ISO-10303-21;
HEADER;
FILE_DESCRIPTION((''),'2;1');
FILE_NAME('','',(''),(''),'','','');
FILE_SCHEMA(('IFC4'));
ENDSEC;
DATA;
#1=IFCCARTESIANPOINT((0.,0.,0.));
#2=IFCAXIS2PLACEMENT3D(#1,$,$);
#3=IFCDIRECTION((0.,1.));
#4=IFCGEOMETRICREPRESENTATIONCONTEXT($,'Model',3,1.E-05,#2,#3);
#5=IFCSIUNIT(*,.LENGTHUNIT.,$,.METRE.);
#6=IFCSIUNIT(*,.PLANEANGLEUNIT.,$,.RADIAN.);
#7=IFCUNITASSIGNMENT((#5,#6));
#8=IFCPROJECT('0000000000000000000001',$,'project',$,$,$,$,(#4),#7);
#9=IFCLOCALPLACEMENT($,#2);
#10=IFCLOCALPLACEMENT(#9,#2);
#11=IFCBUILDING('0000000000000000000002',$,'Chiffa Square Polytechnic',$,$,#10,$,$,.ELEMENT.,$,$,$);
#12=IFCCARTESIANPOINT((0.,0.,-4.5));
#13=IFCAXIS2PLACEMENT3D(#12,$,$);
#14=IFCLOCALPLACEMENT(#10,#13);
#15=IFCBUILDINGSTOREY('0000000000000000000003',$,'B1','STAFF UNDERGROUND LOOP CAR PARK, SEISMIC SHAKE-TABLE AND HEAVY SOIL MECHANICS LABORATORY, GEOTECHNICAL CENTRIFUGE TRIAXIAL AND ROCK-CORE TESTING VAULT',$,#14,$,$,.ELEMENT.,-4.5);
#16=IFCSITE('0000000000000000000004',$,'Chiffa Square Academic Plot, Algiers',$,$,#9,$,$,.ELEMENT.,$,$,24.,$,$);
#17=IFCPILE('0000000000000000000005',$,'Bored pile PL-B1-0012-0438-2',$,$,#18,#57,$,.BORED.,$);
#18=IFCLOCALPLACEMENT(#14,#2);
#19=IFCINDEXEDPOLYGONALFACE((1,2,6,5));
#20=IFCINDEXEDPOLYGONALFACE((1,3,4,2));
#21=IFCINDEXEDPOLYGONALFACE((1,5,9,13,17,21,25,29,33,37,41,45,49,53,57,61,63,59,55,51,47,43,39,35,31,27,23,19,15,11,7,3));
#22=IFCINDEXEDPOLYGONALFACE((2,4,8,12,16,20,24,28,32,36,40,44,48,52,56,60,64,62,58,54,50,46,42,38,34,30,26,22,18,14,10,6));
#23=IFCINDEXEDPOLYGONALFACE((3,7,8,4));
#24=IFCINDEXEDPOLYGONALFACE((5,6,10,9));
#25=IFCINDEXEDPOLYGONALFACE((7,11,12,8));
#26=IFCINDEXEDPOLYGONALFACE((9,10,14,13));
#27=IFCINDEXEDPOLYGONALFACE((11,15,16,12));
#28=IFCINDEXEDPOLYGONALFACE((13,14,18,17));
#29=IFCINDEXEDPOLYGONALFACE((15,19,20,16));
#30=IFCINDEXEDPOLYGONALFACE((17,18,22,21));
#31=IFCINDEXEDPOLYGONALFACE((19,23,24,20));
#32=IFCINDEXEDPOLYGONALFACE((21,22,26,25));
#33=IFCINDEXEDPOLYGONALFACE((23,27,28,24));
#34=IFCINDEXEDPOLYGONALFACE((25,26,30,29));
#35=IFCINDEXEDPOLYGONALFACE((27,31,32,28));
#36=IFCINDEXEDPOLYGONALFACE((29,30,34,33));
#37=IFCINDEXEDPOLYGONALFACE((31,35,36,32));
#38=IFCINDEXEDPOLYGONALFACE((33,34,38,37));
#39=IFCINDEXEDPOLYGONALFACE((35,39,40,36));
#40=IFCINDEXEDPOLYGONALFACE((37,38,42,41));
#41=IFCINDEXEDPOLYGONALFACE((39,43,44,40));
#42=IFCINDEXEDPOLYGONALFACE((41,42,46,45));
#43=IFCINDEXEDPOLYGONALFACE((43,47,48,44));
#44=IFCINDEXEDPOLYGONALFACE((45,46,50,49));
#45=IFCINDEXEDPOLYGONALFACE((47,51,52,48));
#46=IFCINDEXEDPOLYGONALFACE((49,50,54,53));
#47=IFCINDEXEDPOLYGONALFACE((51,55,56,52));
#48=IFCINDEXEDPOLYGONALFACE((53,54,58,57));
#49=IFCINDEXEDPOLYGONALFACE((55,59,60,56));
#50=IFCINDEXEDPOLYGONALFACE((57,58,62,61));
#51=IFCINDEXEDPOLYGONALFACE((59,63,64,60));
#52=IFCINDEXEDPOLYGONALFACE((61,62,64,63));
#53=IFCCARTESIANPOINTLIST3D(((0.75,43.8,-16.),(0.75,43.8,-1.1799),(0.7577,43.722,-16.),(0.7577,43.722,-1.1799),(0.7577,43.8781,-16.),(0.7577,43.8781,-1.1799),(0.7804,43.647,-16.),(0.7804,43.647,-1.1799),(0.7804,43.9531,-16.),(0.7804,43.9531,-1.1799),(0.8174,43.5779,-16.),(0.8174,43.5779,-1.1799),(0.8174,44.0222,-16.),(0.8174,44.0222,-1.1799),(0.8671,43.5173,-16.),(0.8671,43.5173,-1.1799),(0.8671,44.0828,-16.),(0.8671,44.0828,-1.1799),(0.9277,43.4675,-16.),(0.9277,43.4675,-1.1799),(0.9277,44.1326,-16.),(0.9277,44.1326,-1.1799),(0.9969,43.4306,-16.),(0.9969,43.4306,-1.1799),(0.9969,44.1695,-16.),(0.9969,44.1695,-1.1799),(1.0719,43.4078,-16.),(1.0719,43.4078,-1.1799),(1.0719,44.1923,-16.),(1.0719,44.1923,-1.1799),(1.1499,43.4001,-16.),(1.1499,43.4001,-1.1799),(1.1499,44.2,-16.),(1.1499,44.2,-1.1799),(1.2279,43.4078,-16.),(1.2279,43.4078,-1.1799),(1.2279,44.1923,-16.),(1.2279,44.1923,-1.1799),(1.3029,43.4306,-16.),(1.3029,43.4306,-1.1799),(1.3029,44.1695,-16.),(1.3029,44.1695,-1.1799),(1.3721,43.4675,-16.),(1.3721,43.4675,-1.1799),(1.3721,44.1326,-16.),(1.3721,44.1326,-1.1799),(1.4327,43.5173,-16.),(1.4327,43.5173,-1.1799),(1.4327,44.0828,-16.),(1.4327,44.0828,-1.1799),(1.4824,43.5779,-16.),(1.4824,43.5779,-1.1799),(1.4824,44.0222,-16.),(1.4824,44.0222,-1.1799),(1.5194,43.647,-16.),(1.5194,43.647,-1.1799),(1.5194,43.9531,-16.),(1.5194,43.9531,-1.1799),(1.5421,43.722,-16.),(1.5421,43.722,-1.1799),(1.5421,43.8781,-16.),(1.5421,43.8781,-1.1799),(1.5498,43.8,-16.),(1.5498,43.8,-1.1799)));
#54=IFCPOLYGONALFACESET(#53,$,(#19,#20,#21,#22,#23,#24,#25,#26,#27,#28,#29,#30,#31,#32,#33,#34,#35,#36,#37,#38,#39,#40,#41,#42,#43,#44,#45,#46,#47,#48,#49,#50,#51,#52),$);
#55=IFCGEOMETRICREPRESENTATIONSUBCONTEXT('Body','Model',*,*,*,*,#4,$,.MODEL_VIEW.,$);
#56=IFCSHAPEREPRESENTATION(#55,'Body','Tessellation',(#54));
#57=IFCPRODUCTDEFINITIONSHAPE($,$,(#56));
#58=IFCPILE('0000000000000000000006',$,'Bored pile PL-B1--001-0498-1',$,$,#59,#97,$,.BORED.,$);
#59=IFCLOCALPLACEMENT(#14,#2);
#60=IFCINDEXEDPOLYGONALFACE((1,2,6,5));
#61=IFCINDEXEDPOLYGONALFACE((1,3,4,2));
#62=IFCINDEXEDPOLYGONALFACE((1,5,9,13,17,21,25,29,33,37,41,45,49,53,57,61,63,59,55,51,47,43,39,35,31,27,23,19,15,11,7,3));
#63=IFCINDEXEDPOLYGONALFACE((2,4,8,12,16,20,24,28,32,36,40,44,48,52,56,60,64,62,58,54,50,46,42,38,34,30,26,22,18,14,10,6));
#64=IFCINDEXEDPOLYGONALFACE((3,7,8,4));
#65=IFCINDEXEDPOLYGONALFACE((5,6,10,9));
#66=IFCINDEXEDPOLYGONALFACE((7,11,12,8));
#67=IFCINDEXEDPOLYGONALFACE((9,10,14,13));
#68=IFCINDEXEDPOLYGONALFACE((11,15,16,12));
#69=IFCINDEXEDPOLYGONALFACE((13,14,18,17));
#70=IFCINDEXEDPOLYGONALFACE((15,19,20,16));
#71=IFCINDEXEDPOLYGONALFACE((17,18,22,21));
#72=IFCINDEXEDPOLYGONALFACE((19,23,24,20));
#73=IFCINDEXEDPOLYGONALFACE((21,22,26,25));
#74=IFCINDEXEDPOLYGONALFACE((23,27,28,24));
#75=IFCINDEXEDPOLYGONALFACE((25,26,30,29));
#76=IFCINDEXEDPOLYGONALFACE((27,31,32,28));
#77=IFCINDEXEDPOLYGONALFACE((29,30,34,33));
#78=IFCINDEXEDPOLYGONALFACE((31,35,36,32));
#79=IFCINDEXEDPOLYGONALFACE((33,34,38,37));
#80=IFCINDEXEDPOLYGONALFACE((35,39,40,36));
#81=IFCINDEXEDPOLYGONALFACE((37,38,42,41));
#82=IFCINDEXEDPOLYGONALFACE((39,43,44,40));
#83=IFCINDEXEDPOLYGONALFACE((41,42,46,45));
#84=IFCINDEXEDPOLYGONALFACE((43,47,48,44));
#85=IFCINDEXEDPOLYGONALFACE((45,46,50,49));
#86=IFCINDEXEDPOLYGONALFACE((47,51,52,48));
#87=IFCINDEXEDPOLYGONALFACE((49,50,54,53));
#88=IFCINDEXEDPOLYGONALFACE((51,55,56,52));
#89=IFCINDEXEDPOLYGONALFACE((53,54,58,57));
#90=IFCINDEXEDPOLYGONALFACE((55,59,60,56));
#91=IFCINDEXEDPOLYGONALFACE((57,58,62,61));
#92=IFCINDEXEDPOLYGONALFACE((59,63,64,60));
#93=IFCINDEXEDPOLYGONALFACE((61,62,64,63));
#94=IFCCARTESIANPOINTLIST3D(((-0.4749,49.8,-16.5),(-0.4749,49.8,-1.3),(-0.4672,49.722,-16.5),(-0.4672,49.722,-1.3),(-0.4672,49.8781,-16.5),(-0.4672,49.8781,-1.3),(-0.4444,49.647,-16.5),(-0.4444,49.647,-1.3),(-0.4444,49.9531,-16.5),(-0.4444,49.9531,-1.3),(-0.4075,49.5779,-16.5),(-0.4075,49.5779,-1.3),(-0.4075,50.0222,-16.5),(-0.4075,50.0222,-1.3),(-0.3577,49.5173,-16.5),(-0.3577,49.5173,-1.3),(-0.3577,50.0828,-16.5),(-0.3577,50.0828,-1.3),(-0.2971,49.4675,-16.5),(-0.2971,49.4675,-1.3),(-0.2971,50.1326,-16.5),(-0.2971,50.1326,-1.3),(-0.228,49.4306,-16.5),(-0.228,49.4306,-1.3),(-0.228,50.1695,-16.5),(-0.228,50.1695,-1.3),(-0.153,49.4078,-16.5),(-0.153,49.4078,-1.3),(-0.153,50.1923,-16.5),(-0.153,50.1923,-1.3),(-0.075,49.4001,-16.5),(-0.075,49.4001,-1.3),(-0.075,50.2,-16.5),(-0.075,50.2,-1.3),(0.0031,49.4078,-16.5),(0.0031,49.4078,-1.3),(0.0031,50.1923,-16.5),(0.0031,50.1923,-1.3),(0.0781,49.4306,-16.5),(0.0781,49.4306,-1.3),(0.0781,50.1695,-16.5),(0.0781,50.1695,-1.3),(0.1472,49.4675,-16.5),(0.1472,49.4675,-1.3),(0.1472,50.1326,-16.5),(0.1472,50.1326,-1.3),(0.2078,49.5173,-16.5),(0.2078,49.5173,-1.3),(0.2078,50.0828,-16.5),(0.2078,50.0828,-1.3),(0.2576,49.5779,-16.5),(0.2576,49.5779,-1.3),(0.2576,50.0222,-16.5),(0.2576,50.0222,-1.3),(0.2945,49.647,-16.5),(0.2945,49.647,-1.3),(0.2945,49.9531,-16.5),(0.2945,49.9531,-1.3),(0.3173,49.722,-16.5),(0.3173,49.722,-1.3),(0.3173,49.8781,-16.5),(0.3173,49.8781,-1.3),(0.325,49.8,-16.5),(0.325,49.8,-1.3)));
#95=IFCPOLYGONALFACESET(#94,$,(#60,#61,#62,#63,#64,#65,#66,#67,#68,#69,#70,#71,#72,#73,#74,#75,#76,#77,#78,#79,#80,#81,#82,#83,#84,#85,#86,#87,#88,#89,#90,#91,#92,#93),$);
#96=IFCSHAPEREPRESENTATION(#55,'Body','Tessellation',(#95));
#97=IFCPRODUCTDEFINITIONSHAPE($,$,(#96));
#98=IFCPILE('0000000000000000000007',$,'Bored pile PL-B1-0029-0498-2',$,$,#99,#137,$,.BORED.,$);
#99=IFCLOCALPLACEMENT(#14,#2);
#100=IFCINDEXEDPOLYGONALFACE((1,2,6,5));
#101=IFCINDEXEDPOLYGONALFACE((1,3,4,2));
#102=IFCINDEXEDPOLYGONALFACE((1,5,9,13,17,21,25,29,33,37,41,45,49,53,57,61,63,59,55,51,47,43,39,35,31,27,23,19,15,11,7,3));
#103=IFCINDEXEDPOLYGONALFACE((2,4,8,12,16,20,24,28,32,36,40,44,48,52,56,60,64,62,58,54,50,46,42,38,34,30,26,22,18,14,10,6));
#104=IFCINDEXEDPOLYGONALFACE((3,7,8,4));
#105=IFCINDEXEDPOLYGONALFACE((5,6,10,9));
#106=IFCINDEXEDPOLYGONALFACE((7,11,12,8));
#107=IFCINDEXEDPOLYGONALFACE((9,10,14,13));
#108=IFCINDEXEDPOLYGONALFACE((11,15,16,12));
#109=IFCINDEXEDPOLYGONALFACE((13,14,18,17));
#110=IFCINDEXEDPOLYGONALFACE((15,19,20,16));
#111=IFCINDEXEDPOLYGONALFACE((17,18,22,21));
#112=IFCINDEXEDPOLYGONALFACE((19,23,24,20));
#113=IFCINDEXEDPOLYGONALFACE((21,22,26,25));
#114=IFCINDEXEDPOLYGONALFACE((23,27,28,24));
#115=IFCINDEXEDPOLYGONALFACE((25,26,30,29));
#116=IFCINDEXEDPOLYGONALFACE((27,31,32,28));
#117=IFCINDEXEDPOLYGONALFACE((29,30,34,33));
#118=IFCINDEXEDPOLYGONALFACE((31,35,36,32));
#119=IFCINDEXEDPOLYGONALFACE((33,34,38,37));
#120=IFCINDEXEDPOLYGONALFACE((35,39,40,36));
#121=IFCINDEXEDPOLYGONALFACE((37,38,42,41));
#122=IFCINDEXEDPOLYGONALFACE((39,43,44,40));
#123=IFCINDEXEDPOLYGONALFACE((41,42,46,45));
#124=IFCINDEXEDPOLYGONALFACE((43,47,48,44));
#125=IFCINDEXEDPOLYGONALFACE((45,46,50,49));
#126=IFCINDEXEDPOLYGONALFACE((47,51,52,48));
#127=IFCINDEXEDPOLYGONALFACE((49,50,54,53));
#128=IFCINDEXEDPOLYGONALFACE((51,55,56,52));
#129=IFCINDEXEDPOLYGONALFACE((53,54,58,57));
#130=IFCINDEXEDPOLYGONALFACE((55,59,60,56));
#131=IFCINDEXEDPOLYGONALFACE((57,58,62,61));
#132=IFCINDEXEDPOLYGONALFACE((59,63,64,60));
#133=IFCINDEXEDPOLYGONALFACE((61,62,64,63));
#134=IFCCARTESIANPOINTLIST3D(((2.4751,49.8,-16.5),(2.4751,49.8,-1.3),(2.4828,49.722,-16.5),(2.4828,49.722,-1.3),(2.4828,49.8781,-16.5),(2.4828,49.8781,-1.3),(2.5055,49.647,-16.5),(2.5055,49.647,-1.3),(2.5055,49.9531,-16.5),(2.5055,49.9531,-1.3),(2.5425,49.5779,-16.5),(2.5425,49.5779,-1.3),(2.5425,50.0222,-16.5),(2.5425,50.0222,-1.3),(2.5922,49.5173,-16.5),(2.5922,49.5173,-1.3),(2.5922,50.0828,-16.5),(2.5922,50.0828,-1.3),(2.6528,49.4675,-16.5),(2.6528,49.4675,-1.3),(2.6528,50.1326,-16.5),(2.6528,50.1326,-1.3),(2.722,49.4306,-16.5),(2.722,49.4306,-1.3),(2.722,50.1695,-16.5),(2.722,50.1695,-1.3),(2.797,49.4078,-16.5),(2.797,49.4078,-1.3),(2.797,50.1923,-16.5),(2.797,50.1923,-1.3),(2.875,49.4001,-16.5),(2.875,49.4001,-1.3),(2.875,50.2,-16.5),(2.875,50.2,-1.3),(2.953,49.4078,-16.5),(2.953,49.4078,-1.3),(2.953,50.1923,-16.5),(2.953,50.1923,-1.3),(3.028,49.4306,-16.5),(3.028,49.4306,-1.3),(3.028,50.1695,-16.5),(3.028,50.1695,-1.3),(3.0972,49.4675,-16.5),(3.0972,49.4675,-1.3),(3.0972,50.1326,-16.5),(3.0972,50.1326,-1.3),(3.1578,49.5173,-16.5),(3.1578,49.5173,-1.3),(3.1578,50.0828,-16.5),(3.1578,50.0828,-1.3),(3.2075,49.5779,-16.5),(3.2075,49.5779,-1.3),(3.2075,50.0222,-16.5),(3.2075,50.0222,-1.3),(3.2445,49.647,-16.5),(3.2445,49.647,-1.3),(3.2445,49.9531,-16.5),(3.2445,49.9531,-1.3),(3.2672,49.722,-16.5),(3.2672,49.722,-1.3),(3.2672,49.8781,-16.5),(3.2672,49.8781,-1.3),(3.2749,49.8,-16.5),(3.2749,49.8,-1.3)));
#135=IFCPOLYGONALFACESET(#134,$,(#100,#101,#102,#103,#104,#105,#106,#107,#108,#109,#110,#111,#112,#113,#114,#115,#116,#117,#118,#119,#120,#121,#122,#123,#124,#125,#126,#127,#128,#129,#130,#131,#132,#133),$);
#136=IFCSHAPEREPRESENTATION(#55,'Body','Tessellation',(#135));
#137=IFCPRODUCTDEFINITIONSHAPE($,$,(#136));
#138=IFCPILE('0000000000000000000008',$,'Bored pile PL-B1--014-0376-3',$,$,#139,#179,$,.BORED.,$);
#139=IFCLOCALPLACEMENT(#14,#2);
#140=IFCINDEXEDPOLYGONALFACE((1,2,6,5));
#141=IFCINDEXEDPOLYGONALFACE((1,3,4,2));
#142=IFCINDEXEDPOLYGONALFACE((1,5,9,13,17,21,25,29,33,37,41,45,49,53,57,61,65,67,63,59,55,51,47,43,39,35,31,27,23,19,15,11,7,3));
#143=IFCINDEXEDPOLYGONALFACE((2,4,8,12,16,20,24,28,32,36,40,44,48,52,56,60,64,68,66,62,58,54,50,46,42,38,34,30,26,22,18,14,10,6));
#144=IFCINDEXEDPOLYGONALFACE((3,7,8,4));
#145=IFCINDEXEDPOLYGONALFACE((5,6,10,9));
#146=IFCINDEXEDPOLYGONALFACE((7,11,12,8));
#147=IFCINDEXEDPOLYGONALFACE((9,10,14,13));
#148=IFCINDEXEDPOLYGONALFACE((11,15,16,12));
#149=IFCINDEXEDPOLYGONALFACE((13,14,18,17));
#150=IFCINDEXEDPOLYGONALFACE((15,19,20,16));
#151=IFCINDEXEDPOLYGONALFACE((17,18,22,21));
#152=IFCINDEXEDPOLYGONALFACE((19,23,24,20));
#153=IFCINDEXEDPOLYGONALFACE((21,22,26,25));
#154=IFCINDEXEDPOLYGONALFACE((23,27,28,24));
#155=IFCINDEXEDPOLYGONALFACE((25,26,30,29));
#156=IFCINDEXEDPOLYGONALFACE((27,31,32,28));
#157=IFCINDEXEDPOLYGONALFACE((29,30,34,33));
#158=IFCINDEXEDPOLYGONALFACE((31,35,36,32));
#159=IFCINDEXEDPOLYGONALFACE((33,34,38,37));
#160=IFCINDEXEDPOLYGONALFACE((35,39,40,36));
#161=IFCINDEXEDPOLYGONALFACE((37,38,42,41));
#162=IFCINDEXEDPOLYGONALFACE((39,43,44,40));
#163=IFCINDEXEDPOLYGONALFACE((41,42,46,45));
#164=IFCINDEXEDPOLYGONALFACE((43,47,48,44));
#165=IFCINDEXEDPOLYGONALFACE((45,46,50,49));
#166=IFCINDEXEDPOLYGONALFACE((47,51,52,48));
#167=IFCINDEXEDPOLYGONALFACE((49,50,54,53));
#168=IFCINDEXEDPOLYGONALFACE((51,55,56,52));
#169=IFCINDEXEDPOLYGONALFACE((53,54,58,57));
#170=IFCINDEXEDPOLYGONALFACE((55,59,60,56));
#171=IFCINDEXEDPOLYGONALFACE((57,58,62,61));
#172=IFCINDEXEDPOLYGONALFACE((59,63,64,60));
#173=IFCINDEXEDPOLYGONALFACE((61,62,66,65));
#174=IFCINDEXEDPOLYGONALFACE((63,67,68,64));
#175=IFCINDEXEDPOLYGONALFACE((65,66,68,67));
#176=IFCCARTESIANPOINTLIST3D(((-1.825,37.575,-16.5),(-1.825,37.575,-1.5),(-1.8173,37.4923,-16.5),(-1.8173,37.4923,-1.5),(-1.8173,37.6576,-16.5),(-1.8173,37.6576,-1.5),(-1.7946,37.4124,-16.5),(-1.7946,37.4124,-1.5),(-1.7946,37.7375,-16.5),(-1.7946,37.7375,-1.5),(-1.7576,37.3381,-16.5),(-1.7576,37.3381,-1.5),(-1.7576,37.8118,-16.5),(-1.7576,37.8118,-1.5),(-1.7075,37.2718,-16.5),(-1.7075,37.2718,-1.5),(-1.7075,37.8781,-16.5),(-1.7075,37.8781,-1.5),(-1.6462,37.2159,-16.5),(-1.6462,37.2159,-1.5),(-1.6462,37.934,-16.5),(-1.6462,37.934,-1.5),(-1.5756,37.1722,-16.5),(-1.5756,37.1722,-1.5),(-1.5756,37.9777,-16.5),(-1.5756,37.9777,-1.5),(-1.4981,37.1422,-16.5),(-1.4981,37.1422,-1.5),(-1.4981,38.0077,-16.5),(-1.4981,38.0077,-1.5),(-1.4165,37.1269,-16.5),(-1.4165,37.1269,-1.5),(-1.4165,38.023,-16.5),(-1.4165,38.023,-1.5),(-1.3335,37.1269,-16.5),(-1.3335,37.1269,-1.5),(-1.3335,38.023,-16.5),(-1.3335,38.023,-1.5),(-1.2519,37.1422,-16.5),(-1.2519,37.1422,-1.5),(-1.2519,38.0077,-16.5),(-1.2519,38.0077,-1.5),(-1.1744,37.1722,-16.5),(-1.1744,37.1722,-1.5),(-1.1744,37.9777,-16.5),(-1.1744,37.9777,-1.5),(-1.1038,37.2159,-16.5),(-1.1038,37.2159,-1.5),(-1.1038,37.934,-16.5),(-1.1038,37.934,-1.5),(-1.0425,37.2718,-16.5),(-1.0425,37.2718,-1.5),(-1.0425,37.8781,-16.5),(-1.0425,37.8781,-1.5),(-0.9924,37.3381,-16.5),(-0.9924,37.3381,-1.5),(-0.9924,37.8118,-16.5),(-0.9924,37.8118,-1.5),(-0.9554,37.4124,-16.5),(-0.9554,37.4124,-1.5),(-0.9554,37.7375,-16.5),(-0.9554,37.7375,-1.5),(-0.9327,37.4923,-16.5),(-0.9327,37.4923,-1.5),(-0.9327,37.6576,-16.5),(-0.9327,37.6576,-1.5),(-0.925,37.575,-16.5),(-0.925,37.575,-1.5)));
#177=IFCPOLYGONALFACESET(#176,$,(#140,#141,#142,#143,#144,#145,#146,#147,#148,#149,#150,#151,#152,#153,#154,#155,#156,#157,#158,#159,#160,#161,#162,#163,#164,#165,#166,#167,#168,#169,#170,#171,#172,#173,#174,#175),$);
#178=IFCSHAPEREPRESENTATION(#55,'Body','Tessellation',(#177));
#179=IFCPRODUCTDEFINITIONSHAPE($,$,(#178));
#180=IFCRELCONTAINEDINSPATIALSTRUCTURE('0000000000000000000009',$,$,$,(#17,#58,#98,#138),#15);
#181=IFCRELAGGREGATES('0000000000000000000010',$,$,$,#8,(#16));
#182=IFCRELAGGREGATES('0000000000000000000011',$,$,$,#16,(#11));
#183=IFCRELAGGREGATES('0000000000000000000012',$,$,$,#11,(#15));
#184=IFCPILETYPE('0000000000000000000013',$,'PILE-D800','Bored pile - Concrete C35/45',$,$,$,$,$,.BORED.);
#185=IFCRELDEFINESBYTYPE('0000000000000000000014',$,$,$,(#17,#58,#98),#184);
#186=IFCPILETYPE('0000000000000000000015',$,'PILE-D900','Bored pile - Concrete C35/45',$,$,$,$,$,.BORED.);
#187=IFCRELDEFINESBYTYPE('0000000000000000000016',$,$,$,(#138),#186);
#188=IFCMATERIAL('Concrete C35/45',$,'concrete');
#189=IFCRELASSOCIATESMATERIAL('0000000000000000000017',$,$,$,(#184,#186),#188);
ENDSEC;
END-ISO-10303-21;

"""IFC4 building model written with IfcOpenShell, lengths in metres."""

from ifc_helpers import new_model, si_unit, direction, frame, origin, origin_2d, place, context, subcontext, project, spatial, circle, extrude, material, material_profile, profile_set, type_object, element, save


model = new_model("IFC4")

# Units and contexts
model_context = context("Model", 3, precision=1e-05, world=origin(), true_north=direction((0.0, 1.0)))
body_context = subcontext(model_context, "Body", "Model", "MODEL_VIEW")
ifc_project = project(units=[si_unit("LENGTHUNIT", "METRE"), si_unit("PLANEANGLEUNIT", "RADIAN")], contexts=[model_context])

# Site, building, storey
site_placement = place(None, origin())
site = spatial("IfcSite", under=ifc_project, at=site_placement, Name="Chiffa Square Academic Plot, Algiers", CompositionType="ELEMENT", RefElevation=24.0)
building_placement = place(site_placement, origin())
building = spatial("IfcBuilding", under=site, at=building_placement, Name="Chiffa Square Polytechnic", CompositionType="ELEMENT")
storey_placement = place(building_placement, frame((0.0, 0.0, -4.5)))
storey = spatial("IfcBuildingStorey", under=building, at=storey_placement, Name="B1", Description="STAFF UNDERGROUND LOOP CAR PARK, SEISMIC SHAKE-TABLE AND HEAVY SOIL MECHANICS LABORATORY, GEOTECHNICAL CENTRIFUGE TRIAXIAL AND ROCK-CORE TESTING VAULT", CompositionType="ELEMENT", Elevation=-4.5)

# Shared definitions
ifc_material = material(Name="Concrete C35/45", Category="concrete")

# Piles
ifc_material_profile_1 = material_profile(ifc_material, circle(Radius=0.3999, at=origin_2d()), Name="PILE D800")
ifc_profile_set_1 = profile_set([ifc_material_profile_1], Name="Concrete C35/45")
pile_type_1 = type_object("IfcPileType", Name="PILE-D800", Description="Bored pile - Concrete C35/45", PredefinedType="BORED", material=ifc_profile_set_1)
for number, where, z_axis, x_axis, name in (
    (1, (1.1499, 43.8, -1.1799), (0.0, 0.0, -1.0), (1.0, 0.0, 0.0), "Bored pile PL-B1-0012-0438-2"),
):
    element("IfcPile", number, at=place(storey_placement, frame(where, z_axis=z_axis, x_axis=x_axis)), inside=storey, type_object=pile_type_1, Name=name, PredefinedType="BORED", context=body_context, shape_type="SweptSolid", body=[
        extrude(circle(Radius=0.3999, at=origin_2d()), origin(), (0.0, 0.0, 1.0), 14.8201),
    ])
for number, where, z_axis, x_axis, name in (
    (2, (-0.075, 49.8, -1.3), (0.0, 0.0, -1.0), (1.0, 0.0, 0.0), "Bored pile PL-B1--001-0498-1"),
    (3, (2.875, 49.8, -1.3), (0.0, 0.0, -1.0), (1.0, 0.0, 0.0), "Bored pile PL-B1-0029-0498-2"),
):
    element("IfcPile", number, at=place(storey_placement, frame(where, z_axis=z_axis, x_axis=x_axis)), inside=storey, type_object=pile_type_1, Name=name, PredefinedType="BORED", context=body_context, shape_type="SweptSolid", body=[
        extrude(circle(Radius=0.3999, at=origin_2d()), origin(), (0.0, 0.0, 1.0), 15.2),
    ])
ifc_material_profile_2 = material_profile(ifc_material, circle(Radius=0.45, at=origin_2d()), Name="PILE D900")
ifc_profile_set_2 = profile_set([ifc_material_profile_2], Name="Concrete C35/45")
pile_type_2 = type_object("IfcPileType", Name="PILE-D900", Description="Bored pile - Concrete C35/45", PredefinedType="BORED", material=ifc_profile_set_2)
for number, where, z_axis, x_axis, name in (
    (4, (-1.375, 37.575, -1.5), (0.0, 0.0, -1.0), (1.0, 0.0, 0.0), "Bored pile PL-B1--014-0376-3"),
):
    element("IfcPile", number, at=place(storey_placement, frame(where, z_axis=z_axis, x_axis=x_axis)), inside=storey, type_object=pile_type_2, Name=name, PredefinedType="BORED", context=body_context, shape_type="SweptSolid", body=[
        extrude(circle(Radius=0.45, at=origin_2d()), origin(), (0.0, 0.0, 1.0), 15.0),
    ])

save(model, "model.ifc")
